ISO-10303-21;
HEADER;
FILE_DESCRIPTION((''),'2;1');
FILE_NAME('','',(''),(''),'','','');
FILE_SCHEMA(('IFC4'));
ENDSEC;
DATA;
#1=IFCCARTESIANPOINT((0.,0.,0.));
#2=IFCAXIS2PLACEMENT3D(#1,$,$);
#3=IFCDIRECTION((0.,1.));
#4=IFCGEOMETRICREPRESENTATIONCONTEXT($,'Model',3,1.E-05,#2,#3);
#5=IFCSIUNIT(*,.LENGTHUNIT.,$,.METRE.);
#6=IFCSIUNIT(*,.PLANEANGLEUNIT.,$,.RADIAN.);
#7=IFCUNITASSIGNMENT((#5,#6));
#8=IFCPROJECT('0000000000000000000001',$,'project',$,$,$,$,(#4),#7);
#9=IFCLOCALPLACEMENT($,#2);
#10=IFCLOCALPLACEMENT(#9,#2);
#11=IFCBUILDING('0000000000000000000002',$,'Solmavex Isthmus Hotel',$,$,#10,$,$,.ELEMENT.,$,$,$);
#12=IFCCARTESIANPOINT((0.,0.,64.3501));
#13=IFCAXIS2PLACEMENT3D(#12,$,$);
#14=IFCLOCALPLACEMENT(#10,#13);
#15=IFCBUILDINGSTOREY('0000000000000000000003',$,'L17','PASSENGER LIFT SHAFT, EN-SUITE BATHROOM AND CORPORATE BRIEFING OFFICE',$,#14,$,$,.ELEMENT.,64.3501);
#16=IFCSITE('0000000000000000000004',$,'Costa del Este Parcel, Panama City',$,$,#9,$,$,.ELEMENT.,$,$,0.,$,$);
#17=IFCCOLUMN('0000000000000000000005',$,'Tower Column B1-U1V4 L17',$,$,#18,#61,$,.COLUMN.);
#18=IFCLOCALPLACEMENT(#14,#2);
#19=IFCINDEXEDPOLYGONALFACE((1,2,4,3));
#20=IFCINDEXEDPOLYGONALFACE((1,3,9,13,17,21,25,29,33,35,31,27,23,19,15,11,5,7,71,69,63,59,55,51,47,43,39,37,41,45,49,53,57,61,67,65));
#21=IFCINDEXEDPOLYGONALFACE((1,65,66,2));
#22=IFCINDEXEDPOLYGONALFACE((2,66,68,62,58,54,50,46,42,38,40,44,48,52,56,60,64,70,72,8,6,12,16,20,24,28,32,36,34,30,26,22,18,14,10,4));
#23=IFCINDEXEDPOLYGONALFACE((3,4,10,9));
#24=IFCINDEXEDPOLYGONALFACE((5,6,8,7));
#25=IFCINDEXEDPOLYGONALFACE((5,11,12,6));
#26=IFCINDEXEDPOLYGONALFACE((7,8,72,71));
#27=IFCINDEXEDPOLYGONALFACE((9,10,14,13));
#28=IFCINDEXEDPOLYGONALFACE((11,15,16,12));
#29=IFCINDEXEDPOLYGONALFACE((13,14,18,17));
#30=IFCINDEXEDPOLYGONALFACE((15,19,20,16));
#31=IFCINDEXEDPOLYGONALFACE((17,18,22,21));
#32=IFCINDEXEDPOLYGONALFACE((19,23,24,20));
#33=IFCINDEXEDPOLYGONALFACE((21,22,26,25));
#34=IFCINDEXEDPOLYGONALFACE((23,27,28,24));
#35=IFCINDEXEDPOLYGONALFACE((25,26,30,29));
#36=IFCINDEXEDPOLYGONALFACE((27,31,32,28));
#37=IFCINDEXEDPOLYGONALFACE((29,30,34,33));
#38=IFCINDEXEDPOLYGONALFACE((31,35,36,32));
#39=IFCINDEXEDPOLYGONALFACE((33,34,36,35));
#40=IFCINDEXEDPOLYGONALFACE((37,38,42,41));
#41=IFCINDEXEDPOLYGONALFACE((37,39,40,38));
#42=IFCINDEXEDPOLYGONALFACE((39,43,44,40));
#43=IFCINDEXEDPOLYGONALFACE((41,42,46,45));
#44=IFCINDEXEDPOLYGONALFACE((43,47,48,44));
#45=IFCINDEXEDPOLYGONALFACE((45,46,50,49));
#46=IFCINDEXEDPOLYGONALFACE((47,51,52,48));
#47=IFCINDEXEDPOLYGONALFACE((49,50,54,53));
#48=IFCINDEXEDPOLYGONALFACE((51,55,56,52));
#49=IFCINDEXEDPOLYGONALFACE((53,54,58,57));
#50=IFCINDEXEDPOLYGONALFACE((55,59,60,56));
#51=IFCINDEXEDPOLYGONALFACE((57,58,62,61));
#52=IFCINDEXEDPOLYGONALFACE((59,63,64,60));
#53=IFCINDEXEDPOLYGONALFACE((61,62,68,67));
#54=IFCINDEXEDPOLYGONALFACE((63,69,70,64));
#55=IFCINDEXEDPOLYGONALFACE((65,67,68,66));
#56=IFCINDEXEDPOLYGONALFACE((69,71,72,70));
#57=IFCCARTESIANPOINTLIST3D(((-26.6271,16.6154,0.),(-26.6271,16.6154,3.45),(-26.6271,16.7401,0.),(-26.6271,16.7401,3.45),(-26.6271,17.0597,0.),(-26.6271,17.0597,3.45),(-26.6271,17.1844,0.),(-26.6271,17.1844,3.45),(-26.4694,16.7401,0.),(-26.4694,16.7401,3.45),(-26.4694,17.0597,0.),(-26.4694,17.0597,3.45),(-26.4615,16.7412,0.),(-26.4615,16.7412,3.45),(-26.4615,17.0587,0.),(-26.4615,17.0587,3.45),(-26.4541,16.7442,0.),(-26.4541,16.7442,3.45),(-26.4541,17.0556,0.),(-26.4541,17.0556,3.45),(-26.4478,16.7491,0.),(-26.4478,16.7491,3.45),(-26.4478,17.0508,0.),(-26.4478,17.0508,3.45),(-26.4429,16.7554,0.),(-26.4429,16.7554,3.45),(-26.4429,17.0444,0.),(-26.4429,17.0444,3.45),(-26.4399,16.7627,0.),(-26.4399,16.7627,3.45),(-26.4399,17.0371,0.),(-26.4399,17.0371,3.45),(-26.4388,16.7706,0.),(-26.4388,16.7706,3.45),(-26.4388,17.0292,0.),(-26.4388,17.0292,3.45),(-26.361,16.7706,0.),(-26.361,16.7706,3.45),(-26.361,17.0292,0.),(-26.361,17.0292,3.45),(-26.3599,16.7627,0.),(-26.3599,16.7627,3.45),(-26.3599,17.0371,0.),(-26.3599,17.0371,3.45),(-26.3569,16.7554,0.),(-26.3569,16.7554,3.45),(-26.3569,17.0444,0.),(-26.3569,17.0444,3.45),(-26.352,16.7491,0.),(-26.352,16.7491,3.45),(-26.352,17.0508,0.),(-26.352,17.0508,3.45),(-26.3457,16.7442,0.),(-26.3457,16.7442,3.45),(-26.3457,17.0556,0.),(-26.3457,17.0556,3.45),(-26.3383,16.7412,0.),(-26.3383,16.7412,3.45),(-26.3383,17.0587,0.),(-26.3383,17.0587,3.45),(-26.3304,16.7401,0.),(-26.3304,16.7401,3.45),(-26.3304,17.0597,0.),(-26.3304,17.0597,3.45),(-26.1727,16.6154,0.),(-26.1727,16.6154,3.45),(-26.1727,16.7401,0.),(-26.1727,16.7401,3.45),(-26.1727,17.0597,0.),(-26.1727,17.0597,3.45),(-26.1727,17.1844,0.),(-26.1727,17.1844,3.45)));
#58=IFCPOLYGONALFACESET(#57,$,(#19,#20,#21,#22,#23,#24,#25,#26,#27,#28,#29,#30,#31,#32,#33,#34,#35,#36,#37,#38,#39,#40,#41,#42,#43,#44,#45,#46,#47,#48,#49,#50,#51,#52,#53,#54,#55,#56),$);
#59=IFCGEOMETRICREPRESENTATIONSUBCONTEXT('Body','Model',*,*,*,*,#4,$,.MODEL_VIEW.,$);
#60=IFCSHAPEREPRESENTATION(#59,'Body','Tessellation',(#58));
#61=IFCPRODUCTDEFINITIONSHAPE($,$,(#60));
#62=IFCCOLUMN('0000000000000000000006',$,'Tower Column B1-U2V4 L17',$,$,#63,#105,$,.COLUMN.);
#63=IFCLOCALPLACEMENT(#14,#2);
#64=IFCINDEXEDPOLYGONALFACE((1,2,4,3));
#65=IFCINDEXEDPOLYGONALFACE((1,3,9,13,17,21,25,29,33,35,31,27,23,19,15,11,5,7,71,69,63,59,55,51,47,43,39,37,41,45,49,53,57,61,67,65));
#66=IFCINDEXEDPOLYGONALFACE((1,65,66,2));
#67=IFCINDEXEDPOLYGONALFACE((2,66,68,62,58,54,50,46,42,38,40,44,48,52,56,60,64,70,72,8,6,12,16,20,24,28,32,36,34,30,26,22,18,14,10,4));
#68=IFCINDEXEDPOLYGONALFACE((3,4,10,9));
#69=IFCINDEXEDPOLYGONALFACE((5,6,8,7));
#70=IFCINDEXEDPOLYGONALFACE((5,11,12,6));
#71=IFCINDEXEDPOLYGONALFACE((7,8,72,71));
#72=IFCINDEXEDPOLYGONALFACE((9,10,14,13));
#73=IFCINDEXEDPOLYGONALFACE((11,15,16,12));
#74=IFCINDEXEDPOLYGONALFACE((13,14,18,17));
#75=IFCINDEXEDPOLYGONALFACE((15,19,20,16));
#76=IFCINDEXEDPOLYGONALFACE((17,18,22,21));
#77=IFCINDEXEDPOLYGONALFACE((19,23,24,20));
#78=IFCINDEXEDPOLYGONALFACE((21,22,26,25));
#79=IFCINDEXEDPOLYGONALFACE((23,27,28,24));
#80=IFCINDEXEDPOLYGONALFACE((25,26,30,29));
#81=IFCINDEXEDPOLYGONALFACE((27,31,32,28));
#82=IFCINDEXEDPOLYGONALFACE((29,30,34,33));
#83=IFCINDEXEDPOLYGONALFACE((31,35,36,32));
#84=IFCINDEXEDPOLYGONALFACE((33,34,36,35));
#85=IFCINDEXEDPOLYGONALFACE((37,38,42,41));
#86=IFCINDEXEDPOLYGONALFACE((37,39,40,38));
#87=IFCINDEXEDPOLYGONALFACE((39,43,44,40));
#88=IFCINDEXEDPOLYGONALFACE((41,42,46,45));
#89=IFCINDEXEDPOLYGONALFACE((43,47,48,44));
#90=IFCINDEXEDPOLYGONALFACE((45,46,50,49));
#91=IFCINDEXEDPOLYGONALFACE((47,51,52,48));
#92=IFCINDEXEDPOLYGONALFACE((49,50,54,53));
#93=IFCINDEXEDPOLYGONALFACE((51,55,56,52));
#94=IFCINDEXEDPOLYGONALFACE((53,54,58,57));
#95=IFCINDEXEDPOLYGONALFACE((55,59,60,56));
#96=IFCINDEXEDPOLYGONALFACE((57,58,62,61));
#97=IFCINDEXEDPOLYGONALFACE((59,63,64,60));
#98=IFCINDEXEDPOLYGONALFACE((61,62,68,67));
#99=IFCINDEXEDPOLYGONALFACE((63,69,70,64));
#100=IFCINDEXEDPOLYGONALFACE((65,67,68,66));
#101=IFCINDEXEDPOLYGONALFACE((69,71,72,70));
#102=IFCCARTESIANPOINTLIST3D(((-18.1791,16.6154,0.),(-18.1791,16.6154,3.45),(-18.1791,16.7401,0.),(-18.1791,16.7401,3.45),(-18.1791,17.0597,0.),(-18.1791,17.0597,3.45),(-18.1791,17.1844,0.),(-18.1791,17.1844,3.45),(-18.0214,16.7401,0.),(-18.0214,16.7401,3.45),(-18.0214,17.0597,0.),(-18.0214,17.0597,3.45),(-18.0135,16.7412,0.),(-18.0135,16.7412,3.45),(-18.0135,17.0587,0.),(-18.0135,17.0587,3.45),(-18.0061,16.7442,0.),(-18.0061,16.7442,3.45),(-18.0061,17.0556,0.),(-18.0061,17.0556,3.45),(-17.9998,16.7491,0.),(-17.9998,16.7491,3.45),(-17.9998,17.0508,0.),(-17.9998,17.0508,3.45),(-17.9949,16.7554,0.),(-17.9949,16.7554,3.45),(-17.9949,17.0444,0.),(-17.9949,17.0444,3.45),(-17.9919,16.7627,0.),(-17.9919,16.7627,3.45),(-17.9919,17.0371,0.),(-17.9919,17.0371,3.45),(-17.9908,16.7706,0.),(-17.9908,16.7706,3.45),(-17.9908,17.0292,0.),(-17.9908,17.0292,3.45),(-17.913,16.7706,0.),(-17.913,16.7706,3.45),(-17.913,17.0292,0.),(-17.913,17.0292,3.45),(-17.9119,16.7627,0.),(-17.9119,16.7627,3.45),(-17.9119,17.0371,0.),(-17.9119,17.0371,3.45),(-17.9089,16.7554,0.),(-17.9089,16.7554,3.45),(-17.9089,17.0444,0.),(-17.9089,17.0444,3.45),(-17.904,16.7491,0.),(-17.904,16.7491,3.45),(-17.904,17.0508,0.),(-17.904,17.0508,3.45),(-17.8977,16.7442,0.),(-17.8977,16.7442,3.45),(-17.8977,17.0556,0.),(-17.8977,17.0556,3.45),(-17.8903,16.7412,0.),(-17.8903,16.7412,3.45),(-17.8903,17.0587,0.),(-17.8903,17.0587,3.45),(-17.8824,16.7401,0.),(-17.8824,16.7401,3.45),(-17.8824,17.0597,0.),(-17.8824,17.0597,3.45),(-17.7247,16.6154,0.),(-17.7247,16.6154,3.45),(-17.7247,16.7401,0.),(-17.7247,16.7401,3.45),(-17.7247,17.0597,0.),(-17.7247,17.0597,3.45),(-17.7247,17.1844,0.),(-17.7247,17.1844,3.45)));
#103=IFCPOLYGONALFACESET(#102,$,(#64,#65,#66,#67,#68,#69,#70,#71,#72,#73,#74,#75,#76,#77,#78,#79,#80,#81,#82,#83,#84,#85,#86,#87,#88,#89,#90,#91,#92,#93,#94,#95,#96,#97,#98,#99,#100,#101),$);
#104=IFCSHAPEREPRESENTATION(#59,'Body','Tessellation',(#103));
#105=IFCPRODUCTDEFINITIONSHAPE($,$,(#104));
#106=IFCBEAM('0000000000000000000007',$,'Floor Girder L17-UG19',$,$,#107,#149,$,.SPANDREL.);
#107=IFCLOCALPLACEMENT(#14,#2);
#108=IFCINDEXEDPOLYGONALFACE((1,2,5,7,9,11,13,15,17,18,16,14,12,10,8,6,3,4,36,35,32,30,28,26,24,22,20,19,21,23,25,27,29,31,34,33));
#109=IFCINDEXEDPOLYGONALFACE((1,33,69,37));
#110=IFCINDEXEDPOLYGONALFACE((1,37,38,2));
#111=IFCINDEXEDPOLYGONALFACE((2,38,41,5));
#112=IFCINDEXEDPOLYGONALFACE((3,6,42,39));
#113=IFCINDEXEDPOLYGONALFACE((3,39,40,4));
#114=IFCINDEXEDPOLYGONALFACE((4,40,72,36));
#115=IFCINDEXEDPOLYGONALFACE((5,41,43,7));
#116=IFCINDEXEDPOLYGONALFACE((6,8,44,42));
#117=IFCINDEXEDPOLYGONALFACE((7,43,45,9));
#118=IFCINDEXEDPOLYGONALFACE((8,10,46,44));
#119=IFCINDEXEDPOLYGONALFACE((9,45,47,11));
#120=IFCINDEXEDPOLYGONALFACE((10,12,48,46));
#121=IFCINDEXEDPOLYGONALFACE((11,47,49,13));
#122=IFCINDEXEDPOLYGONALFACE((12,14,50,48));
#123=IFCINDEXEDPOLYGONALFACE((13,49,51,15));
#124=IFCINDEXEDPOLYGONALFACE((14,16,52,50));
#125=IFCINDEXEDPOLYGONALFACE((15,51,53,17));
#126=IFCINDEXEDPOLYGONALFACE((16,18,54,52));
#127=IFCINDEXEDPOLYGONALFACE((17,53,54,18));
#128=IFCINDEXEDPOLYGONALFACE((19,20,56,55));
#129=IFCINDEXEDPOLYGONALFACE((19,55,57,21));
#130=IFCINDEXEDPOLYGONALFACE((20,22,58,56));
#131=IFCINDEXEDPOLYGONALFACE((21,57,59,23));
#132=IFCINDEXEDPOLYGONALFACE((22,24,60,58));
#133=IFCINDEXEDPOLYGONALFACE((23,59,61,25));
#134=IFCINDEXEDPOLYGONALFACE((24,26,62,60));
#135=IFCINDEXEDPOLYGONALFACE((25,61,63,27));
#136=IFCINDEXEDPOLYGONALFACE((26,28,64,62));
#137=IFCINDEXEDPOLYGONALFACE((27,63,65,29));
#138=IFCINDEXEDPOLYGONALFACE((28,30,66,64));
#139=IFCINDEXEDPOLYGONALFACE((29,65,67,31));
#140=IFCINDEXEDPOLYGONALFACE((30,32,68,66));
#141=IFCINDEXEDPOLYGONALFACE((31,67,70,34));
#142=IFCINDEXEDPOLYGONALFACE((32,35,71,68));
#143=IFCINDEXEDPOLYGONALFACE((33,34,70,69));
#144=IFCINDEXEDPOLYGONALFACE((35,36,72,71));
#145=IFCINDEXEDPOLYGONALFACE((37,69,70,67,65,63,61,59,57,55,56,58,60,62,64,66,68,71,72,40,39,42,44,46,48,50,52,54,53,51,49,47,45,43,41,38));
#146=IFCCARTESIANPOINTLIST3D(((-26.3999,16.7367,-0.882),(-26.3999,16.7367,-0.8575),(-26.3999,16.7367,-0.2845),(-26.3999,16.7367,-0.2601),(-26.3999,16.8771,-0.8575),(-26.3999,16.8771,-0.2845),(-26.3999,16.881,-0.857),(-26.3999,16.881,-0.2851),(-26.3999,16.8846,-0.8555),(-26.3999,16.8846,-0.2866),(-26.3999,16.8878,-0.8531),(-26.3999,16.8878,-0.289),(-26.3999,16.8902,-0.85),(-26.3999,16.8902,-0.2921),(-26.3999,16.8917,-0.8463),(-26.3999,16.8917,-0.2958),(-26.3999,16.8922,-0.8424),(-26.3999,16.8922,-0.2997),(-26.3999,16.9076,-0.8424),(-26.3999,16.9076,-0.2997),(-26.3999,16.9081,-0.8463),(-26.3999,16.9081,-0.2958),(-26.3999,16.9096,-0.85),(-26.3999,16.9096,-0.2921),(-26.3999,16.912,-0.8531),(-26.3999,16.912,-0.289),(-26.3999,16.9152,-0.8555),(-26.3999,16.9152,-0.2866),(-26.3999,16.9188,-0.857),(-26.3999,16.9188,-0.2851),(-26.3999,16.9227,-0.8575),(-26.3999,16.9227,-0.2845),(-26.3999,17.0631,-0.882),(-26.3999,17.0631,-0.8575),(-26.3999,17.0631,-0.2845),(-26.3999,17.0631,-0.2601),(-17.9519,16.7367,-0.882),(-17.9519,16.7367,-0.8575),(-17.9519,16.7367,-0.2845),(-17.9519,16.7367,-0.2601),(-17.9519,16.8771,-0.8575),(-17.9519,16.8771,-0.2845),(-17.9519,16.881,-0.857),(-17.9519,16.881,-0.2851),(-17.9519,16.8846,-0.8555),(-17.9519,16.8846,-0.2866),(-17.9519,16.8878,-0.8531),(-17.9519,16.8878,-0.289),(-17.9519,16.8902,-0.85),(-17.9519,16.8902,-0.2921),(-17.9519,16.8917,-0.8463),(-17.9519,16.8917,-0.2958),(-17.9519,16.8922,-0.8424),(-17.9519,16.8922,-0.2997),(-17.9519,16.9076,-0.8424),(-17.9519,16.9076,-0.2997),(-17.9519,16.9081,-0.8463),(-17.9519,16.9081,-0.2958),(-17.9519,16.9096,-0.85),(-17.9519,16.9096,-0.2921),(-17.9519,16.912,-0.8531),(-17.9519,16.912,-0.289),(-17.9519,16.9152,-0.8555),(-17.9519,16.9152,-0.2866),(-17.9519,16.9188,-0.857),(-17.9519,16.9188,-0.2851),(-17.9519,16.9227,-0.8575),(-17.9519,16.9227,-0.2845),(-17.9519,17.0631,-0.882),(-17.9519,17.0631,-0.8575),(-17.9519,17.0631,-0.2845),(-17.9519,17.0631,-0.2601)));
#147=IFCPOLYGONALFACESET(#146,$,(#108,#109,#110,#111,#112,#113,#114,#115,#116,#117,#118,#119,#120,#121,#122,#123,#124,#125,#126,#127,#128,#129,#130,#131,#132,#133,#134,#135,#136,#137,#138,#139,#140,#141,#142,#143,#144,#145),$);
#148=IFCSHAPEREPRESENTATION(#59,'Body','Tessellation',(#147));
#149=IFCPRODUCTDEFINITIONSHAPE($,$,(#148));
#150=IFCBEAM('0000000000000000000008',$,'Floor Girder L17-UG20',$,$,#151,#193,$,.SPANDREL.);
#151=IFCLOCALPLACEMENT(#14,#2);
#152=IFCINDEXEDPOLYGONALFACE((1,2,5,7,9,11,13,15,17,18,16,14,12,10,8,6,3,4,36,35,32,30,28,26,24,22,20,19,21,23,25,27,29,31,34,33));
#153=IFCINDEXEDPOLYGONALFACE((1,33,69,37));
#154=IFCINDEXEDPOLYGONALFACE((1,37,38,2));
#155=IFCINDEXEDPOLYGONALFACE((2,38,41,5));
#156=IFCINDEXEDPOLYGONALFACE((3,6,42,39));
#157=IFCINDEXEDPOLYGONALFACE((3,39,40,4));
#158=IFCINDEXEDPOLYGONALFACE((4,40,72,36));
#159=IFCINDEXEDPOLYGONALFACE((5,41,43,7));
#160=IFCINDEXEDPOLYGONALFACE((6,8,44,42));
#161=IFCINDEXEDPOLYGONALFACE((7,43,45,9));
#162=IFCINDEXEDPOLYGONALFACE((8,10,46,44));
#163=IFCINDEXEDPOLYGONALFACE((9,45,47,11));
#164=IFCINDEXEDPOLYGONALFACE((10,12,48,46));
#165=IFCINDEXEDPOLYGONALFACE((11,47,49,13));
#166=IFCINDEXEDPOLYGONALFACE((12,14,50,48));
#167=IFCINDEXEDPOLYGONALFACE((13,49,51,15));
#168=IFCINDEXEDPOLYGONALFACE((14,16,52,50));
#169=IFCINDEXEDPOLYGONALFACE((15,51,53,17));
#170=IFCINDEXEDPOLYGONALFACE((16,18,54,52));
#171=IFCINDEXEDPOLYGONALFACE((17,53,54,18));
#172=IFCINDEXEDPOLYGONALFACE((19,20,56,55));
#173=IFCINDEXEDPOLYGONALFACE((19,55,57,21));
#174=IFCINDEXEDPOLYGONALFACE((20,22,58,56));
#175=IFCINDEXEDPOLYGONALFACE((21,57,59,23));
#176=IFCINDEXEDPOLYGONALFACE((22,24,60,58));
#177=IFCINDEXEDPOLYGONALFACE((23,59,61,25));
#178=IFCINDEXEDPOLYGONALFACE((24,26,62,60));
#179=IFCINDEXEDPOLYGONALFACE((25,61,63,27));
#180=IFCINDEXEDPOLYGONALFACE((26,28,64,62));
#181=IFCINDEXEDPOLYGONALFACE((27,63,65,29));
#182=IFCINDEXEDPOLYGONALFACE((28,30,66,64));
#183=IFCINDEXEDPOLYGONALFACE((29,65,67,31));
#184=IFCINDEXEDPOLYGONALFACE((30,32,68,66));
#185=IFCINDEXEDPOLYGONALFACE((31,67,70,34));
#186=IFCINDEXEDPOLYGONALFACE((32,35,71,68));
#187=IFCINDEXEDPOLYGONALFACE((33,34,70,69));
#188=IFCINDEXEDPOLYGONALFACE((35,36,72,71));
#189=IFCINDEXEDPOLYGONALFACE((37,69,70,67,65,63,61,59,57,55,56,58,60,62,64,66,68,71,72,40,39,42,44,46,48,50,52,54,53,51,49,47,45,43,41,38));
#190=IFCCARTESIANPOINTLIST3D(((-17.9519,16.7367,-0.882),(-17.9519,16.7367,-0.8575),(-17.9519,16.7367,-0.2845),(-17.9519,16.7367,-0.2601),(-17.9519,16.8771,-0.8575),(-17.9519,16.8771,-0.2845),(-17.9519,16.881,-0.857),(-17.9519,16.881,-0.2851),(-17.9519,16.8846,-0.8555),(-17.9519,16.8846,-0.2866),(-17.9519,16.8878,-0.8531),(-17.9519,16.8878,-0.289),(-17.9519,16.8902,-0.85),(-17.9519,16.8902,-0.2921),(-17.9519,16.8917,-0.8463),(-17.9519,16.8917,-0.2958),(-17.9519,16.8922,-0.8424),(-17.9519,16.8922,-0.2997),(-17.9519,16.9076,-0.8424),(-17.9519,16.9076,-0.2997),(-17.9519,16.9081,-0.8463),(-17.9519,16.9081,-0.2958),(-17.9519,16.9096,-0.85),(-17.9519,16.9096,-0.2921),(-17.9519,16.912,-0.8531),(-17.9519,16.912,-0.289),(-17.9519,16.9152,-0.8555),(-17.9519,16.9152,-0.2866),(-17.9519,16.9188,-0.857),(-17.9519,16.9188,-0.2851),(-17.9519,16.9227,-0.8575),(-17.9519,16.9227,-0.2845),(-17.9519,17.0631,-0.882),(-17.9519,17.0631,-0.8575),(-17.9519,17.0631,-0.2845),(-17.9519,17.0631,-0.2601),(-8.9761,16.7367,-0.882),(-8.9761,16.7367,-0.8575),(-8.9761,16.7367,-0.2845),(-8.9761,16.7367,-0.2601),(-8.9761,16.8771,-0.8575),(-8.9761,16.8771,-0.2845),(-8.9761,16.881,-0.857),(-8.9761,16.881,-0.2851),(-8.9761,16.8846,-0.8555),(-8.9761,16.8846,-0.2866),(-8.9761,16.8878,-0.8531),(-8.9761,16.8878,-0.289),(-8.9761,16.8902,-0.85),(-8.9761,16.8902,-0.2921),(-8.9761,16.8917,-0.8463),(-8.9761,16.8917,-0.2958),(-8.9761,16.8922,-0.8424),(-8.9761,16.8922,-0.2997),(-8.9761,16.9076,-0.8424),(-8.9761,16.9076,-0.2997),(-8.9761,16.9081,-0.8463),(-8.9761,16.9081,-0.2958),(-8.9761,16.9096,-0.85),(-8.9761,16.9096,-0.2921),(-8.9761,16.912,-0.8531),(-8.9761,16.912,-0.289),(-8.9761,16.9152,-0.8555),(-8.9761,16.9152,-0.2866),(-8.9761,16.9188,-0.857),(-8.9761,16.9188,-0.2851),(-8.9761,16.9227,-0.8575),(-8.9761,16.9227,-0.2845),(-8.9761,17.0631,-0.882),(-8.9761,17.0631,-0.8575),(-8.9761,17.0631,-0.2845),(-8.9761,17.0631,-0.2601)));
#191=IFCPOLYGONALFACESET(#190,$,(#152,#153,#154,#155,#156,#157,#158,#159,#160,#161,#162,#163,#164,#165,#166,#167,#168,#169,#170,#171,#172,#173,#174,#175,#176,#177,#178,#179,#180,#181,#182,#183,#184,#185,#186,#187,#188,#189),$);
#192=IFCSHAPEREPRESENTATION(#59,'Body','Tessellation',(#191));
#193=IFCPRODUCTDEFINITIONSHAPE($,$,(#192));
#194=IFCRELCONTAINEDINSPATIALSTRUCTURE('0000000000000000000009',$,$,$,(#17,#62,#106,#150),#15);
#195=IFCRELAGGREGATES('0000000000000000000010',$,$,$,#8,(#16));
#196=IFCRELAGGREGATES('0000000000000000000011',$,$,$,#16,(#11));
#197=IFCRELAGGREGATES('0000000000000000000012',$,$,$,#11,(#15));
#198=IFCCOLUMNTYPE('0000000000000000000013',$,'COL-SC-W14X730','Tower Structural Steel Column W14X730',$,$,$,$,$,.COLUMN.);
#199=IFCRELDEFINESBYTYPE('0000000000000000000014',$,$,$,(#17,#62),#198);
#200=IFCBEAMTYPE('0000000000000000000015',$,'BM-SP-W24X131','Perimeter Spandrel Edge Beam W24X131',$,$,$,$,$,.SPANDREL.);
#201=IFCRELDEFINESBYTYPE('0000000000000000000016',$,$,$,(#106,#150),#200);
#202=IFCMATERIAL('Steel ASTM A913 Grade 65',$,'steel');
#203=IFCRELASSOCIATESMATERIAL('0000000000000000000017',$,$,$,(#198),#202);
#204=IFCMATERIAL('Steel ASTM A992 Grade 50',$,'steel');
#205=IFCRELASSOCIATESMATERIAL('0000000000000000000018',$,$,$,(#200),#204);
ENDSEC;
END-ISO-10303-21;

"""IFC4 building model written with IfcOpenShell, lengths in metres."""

from ifc_helpers import new_model, si_unit, direction, frame, origin, origin_2d, place, context, subcontext, project, spatial, i_section, extrude, material, material_profile, profile_set, type_object, element, save


model = new_model("IFC4")

# Units and contexts
model_context = context("Model", 3, precision=1e-05, world=origin(), true_north=direction((0.0, 1.0)))
body_context = subcontext(model_context, "Body", "Model", "MODEL_VIEW")
ifc_project = project(units=[si_unit("LENGTHUNIT", "METRE"), si_unit("PLANEANGLEUNIT", "RADIAN")], contexts=[model_context])

# Site, building, storey
site_placement = place(None, origin())
site = spatial("IfcSite", under=ifc_project, at=site_placement, Name="Costa del Este Parcel, Panama City", CompositionType="ELEMENT", RefElevation=0.0)
building_placement = place(site_placement, origin())
building = spatial("IfcBuilding", under=site, at=building_placement, Name="Solmavex Isthmus Hotel", CompositionType="ELEMENT")
storey_placement = place(building_placement, frame((0.0, 0.0, 64.3501)))
storey = spatial("IfcBuildingStorey", under=building, at=storey_placement, Name="L17", Description="PASSENGER LIFT SHAFT, EN-SUITE BATHROOM AND CORPORATE BRIEFING OFFICE", CompositionType="ELEMENT", Elevation=64.3501)

# Columns
ifc_material_1 = material(Name="Steel ASTM A913 Grade 65", Category="steel")
ifc_material_profile_1 = material_profile(ifc_material_1, i_section(OverallWidth=0.4543, OverallDepth=0.5691, WebThickness=0.0779, FlangeThickness=0.1248, FilletRadius=0.0305, at=origin_2d()), Name="W14X730")
ifc_profile_set_1 = profile_set([ifc_material_profile_1], Name="Steel ASTM A913 Grade 65")
column_type = type_object("IfcColumnType", Name="COL-SC-W14X730", Description="Tower Structural Steel Column W14X730", PredefinedType="COLUMN", material=ifc_profile_set_1)
for number, where, z_axis, x_axis, name in (
    (1, (-26.3999, 16.8999, 0.0), (0.0, 0.0, 1.0), (1.0, 0.0, 0.0), "Tower Column B1-U1V4 L17"),
    (2, (-17.9519, 16.8999, 0.0), (0.0, 0.0, 1.0), (1.0, 0.0, 0.0), "Tower Column B1-U2V4 L17"),
):
    element("IfcColumn", number, at=place(storey_placement, frame(where, z_axis=z_axis, x_axis=x_axis)), inside=storey, type_object=column_type, Name=name, PredefinedType="COLUMN", context=body_context, shape_type="SweptSolid", body=[
        extrude(i_section(OverallWidth=0.4543, OverallDepth=0.5691, WebThickness=0.0779, FlangeThickness=0.1248, FilletRadius=0.0305, at=origin_2d()), origin(), (0.0, 0.0, 1.0), 3.45),
    ])

# Beams
ifc_material_2 = material(Name="Steel ASTM A992 Grade 50", Category="steel")
ifc_material_profile_2 = material_profile(ifc_material_2, i_section(OverallWidth=0.3264, OverallDepth=0.6218, WebThickness=0.0154, FlangeThickness=0.0244, FilletRadius=0.0151, at=origin_2d()), Name="W24X131")
ifc_profile_set_2 = profile_set([ifc_material_profile_2], Name="Steel ASTM A992 Grade 50")
beam_type = type_object("IfcBeamType", Name="BM-SP-W24X131", Description="Perimeter Spandrel Edge Beam W24X131", PredefinedType="SPANDREL", material=ifc_profile_set_2)
beam_1_placement = place(storey_placement, frame((-26.3999, 16.8999, -0.571), z_axis=(1.0, 0.0, 0.0), x_axis=(0.0, 1.0, 0.0)))
element("IfcBeam", 3, at=beam_1_placement, inside=storey, type_object=beam_type, Name="Floor Girder L17-UG19", PredefinedType="SPANDREL", context=body_context, shape_type="SweptSolid", body=[
    extrude(i_section(OverallWidth=0.3264, OverallDepth=0.6218, WebThickness=0.0154, FlangeThickness=0.0244, FilletRadius=0.0151, at=origin_2d()), origin(), (0.0, 0.0, 1.0), 8.448),
])
beam_2_placement = place(storey_placement, frame((-17.9519, 16.8999, -0.571), z_axis=(1.0, 0.0, 0.0), x_axis=(0.0, 1.0, 0.0)))
element("IfcBeam", 4, at=beam_2_placement, inside=storey, type_object=beam_type, Name="Floor Girder L17-UG20", PredefinedType="SPANDREL", context=body_context, shape_type="SweptSolid", body=[
    extrude(i_section(OverallWidth=0.3264, OverallDepth=0.6218, WebThickness=0.0154, FlangeThickness=0.0244, FilletRadius=0.0151, at=origin_2d()), origin(), (0.0, 0.0, 1.0), 8.9758),
])

save(model, "model.ifc")
